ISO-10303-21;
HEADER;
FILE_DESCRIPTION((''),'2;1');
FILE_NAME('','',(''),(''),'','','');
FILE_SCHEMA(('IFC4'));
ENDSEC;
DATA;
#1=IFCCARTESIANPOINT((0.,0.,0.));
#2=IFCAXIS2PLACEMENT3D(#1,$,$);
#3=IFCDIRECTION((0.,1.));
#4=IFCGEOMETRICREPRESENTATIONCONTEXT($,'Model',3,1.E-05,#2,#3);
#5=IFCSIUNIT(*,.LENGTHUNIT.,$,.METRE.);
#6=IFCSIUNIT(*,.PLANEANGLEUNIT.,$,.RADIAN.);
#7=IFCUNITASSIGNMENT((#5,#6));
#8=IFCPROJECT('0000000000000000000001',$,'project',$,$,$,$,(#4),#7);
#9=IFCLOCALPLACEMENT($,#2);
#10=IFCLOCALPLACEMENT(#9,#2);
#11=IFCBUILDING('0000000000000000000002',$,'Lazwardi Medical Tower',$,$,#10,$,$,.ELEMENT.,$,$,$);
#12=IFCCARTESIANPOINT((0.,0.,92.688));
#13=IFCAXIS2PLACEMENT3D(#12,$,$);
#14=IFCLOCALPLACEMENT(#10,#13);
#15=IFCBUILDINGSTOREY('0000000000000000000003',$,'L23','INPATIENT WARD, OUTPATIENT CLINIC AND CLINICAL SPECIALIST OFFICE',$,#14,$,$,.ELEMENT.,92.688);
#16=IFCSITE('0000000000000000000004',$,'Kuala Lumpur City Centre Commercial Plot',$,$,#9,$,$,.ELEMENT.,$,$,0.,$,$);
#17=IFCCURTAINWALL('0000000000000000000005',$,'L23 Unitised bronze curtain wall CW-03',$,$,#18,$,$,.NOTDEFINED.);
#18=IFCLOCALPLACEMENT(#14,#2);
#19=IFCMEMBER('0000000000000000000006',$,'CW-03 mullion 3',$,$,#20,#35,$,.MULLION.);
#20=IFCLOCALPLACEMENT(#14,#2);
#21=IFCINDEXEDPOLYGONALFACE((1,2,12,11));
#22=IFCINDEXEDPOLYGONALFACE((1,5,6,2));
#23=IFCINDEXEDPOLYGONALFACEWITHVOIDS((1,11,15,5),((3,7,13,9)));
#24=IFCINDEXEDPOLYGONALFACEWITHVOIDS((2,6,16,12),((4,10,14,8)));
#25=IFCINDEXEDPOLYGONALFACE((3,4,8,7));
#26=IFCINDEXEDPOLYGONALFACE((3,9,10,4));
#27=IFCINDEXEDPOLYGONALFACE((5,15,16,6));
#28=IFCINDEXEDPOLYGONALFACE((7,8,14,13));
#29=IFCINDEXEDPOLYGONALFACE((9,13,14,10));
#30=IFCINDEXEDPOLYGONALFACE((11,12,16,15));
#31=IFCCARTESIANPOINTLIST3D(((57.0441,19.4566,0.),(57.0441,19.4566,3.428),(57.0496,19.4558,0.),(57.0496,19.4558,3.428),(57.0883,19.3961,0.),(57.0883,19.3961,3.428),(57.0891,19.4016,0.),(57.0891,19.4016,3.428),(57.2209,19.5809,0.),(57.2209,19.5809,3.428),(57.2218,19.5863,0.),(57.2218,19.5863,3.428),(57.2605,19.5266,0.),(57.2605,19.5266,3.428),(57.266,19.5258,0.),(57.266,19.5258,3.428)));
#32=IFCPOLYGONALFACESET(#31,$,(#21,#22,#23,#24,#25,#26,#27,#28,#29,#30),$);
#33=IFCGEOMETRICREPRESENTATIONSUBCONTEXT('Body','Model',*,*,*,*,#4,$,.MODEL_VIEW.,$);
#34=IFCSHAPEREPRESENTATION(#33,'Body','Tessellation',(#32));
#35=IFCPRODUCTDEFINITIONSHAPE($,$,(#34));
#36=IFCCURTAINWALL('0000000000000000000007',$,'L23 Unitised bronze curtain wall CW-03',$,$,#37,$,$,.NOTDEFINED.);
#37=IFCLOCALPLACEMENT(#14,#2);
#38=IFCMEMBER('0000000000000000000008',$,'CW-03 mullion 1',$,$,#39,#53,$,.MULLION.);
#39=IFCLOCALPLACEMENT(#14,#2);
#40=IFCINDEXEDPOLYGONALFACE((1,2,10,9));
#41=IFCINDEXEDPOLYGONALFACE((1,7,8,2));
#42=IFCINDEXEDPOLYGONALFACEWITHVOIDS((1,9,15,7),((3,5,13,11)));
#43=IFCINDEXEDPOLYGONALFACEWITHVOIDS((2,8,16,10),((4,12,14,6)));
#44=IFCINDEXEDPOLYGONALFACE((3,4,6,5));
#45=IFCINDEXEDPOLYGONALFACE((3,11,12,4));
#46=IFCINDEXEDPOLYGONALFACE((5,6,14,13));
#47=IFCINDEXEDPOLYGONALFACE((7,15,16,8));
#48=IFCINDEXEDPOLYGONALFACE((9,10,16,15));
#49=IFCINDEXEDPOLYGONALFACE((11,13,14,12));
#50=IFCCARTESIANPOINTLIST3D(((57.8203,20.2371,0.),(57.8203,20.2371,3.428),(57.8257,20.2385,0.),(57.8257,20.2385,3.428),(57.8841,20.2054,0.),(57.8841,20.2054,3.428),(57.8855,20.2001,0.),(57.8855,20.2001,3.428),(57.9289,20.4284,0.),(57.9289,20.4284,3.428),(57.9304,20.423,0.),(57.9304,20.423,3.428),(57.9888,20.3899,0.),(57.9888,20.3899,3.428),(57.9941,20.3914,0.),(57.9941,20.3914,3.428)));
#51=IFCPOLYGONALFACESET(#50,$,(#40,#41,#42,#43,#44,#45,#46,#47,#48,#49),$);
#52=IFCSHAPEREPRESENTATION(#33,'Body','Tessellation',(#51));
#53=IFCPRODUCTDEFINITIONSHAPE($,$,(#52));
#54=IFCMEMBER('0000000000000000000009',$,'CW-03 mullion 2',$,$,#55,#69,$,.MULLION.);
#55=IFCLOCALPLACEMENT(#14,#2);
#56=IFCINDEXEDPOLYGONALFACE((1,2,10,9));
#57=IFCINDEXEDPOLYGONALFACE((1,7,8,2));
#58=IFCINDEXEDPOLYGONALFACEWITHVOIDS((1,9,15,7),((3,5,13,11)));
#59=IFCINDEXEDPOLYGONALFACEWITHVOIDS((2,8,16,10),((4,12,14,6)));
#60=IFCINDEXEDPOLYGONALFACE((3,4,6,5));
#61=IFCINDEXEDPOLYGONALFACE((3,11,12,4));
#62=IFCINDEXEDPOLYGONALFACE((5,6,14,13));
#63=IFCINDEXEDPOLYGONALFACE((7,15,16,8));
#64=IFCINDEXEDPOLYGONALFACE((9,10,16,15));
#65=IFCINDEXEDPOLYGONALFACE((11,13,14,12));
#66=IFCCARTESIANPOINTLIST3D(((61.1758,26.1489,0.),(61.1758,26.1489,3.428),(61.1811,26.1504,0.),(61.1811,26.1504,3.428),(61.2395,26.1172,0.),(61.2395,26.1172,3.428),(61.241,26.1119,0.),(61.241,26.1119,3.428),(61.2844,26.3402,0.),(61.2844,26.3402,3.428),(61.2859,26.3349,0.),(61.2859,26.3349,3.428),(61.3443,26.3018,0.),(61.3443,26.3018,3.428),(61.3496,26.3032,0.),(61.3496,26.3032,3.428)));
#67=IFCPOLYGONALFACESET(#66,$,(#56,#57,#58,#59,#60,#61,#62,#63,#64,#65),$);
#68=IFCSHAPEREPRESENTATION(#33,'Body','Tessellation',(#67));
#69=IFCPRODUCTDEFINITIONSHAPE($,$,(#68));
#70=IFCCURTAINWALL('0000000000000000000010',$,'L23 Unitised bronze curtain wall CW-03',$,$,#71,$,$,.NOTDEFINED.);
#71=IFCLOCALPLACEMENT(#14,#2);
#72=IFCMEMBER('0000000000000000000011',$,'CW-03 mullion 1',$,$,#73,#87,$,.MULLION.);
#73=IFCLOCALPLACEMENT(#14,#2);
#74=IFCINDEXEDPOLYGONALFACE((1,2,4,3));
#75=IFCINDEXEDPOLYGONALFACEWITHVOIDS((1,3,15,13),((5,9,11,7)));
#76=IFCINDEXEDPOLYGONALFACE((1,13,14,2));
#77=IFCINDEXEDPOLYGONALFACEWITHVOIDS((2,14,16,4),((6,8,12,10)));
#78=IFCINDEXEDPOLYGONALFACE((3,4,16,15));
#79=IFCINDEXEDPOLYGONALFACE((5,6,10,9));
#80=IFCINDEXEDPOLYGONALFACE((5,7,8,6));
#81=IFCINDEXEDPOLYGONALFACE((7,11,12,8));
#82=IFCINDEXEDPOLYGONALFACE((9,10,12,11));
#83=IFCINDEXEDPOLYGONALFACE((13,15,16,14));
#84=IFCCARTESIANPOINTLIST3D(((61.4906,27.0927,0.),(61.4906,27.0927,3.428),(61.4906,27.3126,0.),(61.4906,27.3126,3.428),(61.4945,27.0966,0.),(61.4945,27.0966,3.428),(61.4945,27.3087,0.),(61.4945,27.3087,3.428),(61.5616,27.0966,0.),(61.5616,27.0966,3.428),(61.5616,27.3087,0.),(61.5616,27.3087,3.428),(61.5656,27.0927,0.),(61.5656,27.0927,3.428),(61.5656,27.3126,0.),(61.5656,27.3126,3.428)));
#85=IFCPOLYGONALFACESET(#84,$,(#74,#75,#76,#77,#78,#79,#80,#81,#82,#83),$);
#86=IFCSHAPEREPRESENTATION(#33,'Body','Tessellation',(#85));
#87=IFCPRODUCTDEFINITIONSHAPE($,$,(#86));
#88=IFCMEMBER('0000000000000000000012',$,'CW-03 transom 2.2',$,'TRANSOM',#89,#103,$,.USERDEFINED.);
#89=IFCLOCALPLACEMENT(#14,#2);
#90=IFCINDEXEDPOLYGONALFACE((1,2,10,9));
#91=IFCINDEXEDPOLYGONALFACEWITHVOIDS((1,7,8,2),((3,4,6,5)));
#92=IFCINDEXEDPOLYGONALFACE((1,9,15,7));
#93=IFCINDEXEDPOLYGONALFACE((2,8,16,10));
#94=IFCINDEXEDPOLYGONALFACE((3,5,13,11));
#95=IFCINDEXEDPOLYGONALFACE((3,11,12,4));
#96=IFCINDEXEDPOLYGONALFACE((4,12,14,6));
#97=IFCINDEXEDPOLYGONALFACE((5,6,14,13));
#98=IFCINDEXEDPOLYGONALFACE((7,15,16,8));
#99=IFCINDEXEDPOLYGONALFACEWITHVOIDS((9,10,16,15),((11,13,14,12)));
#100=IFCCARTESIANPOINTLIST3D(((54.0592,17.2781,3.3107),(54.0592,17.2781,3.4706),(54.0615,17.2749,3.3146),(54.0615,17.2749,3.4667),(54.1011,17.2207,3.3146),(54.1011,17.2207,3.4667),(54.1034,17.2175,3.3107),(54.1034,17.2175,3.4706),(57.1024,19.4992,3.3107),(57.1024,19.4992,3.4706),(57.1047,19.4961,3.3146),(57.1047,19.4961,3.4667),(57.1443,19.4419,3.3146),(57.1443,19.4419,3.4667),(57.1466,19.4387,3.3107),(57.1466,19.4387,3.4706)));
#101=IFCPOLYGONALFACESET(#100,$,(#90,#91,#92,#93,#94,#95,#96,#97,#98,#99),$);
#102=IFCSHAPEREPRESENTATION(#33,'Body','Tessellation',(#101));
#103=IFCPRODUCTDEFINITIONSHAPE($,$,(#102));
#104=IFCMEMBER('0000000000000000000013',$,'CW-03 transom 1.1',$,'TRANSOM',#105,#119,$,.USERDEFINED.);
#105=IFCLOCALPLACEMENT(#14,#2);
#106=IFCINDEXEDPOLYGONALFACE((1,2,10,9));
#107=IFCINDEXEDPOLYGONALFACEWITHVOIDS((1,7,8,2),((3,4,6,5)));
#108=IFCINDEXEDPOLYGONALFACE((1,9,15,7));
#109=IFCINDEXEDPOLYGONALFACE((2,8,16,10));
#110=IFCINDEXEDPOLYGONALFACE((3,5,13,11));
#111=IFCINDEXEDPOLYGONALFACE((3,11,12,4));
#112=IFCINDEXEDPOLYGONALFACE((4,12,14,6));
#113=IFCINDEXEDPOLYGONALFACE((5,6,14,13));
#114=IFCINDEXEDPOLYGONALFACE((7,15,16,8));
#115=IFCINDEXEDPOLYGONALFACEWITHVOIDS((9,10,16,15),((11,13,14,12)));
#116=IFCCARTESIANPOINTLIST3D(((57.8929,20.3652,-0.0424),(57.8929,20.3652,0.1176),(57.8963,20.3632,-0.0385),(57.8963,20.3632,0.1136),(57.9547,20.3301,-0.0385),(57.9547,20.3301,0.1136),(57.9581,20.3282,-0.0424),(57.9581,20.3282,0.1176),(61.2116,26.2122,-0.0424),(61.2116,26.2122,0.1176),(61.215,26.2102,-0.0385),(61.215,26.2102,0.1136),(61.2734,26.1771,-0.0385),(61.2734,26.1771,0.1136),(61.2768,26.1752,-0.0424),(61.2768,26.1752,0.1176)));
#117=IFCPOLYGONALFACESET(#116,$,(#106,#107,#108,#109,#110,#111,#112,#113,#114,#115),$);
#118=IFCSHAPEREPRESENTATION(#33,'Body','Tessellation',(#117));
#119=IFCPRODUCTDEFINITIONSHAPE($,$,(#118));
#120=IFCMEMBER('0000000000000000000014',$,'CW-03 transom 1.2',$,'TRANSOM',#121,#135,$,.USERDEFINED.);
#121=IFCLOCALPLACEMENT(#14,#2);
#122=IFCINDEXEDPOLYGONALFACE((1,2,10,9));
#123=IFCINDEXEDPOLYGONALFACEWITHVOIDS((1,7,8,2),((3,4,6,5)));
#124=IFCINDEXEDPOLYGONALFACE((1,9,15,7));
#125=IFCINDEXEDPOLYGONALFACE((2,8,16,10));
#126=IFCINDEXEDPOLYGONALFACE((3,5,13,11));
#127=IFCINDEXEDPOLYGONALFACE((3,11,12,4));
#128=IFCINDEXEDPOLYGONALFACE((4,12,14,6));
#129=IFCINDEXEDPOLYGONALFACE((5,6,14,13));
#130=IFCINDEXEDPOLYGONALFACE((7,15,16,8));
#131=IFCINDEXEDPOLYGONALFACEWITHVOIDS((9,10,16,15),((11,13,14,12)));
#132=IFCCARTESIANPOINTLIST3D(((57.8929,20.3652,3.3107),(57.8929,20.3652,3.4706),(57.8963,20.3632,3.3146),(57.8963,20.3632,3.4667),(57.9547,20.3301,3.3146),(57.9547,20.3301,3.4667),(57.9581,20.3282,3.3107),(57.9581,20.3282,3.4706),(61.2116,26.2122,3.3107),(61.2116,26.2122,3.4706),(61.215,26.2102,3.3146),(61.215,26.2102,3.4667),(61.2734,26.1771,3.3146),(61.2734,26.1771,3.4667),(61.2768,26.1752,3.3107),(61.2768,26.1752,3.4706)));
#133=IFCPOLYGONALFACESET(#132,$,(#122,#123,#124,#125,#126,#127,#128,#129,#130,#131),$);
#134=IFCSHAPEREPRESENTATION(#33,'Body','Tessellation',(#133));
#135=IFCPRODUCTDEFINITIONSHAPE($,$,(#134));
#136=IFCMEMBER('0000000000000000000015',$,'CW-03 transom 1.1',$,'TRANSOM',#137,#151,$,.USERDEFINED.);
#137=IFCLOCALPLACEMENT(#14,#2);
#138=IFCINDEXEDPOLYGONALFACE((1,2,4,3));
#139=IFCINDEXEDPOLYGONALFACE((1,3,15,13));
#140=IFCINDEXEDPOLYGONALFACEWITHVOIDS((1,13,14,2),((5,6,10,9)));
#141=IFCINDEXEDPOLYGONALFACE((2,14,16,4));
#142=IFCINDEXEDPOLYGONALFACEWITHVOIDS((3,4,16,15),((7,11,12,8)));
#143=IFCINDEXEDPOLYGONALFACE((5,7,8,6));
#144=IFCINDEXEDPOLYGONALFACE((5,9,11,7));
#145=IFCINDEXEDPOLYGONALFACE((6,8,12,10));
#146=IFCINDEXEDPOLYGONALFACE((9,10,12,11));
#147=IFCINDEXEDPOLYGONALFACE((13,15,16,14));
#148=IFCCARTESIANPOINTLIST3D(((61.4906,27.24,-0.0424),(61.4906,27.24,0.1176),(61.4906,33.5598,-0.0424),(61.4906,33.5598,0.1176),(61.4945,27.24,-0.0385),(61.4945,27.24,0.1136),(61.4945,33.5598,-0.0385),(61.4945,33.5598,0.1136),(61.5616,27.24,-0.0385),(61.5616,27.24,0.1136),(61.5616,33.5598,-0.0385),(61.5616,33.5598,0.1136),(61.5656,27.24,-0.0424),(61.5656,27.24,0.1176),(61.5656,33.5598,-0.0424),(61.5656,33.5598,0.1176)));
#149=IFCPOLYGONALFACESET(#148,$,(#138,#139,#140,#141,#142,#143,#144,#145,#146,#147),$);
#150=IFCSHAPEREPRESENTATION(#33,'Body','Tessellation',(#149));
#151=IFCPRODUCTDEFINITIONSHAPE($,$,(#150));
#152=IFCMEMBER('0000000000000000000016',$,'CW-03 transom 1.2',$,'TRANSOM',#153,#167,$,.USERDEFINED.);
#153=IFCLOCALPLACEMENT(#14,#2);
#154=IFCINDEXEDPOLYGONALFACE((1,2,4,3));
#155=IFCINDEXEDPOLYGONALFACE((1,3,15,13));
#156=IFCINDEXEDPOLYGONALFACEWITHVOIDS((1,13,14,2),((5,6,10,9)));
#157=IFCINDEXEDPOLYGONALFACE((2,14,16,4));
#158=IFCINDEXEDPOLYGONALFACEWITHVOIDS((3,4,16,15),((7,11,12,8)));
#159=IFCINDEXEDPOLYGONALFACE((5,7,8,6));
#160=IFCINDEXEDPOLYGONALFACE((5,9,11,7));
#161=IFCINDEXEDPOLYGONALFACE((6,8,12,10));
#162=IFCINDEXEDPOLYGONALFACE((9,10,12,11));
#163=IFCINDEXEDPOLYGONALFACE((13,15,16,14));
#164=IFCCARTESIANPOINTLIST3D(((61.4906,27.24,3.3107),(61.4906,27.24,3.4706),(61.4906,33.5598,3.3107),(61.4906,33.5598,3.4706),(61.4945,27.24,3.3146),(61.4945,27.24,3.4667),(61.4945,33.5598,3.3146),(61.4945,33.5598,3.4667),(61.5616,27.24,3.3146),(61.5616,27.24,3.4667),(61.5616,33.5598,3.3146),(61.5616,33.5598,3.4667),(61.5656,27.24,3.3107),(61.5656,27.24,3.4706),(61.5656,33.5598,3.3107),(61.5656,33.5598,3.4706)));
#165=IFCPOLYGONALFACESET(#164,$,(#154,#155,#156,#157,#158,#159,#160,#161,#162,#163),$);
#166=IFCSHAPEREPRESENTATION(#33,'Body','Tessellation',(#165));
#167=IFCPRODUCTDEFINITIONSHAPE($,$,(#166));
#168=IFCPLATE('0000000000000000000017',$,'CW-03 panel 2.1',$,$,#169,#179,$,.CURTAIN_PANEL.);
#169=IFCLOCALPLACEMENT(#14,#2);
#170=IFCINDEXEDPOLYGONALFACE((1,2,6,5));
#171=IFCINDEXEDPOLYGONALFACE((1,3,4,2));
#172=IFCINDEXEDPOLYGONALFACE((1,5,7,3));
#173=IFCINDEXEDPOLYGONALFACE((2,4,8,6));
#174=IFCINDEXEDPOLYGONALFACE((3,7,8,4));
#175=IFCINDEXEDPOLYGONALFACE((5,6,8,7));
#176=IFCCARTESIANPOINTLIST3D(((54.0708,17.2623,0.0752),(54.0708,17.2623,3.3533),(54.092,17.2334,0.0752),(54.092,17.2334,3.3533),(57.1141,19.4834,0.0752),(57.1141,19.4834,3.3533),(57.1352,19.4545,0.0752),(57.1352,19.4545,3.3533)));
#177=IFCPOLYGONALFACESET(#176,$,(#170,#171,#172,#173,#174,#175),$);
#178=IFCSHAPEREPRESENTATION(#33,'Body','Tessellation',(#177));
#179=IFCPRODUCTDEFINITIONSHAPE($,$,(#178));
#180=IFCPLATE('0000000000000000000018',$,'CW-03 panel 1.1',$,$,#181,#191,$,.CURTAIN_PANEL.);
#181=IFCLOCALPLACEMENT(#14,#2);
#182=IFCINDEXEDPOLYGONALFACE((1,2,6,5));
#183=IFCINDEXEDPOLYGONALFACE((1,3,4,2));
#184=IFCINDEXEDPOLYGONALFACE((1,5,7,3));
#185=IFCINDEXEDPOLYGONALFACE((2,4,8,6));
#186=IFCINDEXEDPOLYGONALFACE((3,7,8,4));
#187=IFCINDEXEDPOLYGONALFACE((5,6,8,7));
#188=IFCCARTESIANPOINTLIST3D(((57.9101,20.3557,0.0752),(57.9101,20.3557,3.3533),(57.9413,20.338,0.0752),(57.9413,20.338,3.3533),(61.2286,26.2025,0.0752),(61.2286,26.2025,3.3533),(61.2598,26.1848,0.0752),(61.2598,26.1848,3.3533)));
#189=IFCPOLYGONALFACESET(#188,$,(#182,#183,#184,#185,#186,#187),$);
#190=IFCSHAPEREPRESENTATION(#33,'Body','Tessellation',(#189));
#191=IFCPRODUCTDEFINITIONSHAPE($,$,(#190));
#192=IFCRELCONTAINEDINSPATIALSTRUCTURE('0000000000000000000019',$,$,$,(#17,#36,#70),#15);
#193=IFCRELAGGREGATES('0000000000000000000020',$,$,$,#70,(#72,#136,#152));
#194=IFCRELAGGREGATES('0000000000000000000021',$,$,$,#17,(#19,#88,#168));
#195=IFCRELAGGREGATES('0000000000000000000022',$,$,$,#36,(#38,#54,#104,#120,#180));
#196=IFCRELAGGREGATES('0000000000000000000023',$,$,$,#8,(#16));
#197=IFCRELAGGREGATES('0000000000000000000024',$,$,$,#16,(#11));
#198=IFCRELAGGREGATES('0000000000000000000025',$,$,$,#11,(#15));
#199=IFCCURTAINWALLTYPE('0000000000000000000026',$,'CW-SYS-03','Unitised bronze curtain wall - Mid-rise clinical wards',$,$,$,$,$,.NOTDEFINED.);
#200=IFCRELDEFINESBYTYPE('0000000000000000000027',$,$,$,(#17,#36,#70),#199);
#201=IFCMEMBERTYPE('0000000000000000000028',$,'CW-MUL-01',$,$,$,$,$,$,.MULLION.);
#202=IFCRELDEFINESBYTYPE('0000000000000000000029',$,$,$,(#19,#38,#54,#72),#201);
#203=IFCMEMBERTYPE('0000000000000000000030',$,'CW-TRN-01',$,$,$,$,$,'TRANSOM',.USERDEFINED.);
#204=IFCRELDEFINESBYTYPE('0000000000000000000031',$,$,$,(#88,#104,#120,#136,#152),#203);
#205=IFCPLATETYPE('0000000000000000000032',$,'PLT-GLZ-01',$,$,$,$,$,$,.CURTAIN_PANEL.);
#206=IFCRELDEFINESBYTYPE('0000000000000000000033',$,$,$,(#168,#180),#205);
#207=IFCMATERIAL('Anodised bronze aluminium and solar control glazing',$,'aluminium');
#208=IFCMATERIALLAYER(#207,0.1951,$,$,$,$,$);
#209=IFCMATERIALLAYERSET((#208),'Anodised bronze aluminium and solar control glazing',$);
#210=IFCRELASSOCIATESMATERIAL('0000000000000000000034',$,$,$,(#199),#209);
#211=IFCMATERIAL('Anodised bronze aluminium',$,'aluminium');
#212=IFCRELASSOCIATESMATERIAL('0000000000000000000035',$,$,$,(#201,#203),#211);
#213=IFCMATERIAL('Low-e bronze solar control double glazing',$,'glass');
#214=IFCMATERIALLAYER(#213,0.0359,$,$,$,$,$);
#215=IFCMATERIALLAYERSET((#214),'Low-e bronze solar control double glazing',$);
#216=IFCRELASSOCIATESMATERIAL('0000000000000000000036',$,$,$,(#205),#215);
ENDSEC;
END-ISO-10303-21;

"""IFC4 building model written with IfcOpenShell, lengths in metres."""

from ifc_helpers import new_model, si_unit, direction, frame, origin, origin_2d, place, context, subcontext, project, spatial, rectangle, hollow_rectangle, extrude, material, layer, layer_set, material_profile, profile_set, type_object, element, aggregate, save


model = new_model("IFC4")

# Units and contexts
model_context = context("Model", 3, precision=1e-05, world=origin(), true_north=direction((0.0, 1.0)))
body_context = subcontext(model_context, "Body", "Model", "MODEL_VIEW")
ifc_project = project(units=[si_unit("LENGTHUNIT", "METRE"), si_unit("PLANEANGLEUNIT", "RADIAN")], contexts=[model_context])

# Site, building, storey
site_placement = place(None, origin())
site = spatial("IfcSite", under=ifc_project, at=site_placement, Name="Kuala Lumpur City Centre Commercial Plot", CompositionType="ELEMENT", RefElevation=0.0)
building_placement = place(site_placement, origin())
building = spatial("IfcBuilding", under=site, at=building_placement, Name="Lazwardi Medical Tower", CompositionType="ELEMENT")
storey_placement = place(building_placement, frame((0.0, 0.0, 92.688)))
storey = spatial("IfcBuildingStorey", under=building, at=storey_placement, Name="L23", Description="INPATIENT WARD, OUTPATIENT CLINIC AND CLINICAL SPECIALIST OFFICE", CompositionType="ELEMENT", Elevation=92.688)

# Curtain wall, member
ifc_material_1 = material(Name="Anodised bronze aluminium and solar control glazing", Category="aluminium")
ifc_layer_1 = layer(ifc_material_1, 0.1951)
ifc_layer_set_1 = layer_set([ifc_layer_1], Name="Anodised bronze aluminium and solar control glazing")
curtain_wall_type = type_object("IfcCurtainWallType", Name="CW-SYS-03", Description="Unitised bronze curtain wall - Mid-rise clinical wards", PredefinedType="NOTDEFINED", material=ifc_layer_set_1)
curtain_wall_1_placement = place(storey_placement, origin())
curtain_wall_1 = element("IfcCurtainWall", 1, at=curtain_wall_1_placement, inside=storey, type_object=curtain_wall_type, Name="L23 Unitised bronze curtain wall CW-03", PredefinedType="NOTDEFINED")
ifc_material_2 = material(Name="Anodised bronze aluminium", Category="aluminium")
ifc_material_profile_1 = material_profile(ifc_material_2, hollow_rectangle(XDim=0.075, YDim=0.22, WallThickness=0.0039, at=origin_2d()), Name="ALU-MULLION 220x75x4")
ifc_profile_set_1 = profile_set([ifc_material_profile_1], Name="Anodised bronze aluminium")
member_type_1 = type_object("IfcMemberType", Name="CW-MUL-01", PredefinedType="MULLION", material=ifc_profile_set_1)
member_1_placement = place(storey_placement, frame((57.155, 19.4912, 0.0), z_axis=(0.0, 0.0, 1.0), x_axis=(-0.589531, 0.807746, 0.0)))
member_1 = element("IfcMember", 2, at=member_1_placement, type_object=member_type_1, Name="CW-03 mullion 3", PredefinedType="MULLION", context=body_context, shape_type="SweptSolid", body=[
    extrude(hollow_rectangle(XDim=0.075, YDim=0.22, WallThickness=0.0039, at=origin_2d()), origin(), (0.0, 0.0, 1.0), 3.428),
])

# Curtain wall, members
curtain_wall_2_placement = place(storey_placement, origin())
curtain_wall_2 = element("IfcCurtainWall", 3, at=curtain_wall_2_placement, inside=storey, type_object=curtain_wall_type, Name="L23 Unitised bronze curtain wall CW-03", PredefinedType="NOTDEFINED")
member_2_placement = place(storey_placement, frame((57.9072, 20.3142, 0.0), z_axis=(0.0, 0.0, 1.0), x_axis=(-0.869687, 0.493603, 0.0)))
member_2 = element("IfcMember", 4, at=member_2_placement, type_object=member_type_1, Name="CW-03 mullion 1", PredefinedType="MULLION", context=body_context, shape_type="SweptSolid", body=[
    extrude(hollow_rectangle(XDim=0.075, YDim=0.22, WallThickness=0.0039, at=origin_2d()), origin(), (0.0, 0.0, 1.0), 3.428),
])
member_3_placement = place(storey_placement, frame((61.2627, 26.2261, 0.0), z_axis=(0.0, 0.0, 1.0), x_axis=(-0.869687, 0.493603, 0.0)))
member_3 = element("IfcMember", 5, at=member_3_placement, type_object=member_type_1, Name="CW-03 mullion 2", PredefinedType="MULLION", context=body_context, shape_type="SweptSolid", body=[
    extrude(hollow_rectangle(XDim=0.075, YDim=0.22, WallThickness=0.0039, at=origin_2d()), origin(), (0.0, 0.0, 1.0), 3.428),
])

# Curtain wall, member
curtain_wall_3_placement = place(storey_placement, origin())
curtain_wall_3 = element("IfcCurtainWall", 6, at=curtain_wall_3_placement, inside=storey, type_object=curtain_wall_type, Name="L23 Unitised bronze curtain wall CW-03", PredefinedType="NOTDEFINED")
member_4_placement = place(storey_placement, frame((61.5281, 27.2026, 0.0), z_axis=(0.0, 0.0, 1.0), x_axis=(-1.0, 0.0, 0.0)))
member_4 = element("IfcMember", 7, at=member_4_placement, type_object=member_type_1, Name="CW-03 mullion 1", PredefinedType="MULLION", context=body_context, shape_type="SweptSolid", body=[
    extrude(hollow_rectangle(XDim=0.075, YDim=0.22, WallThickness=0.0039, at=origin_2d()), origin(), (0.0, 0.0, 1.0), 3.428),
])

# Members
ifc_material_profile_2 = material_profile(ifc_material_2, hollow_rectangle(XDim=0.075, YDim=0.1599, WallThickness=0.0039, at=origin_2d()), Name="ALU-TRANSOM 160x75x4")
ifc_profile_set_2 = profile_set([ifc_material_profile_2], Name="Anodised bronze aluminium")
member_type_2 = type_object("IfcMemberType", Name="CW-TRN-01", ElementType="TRANSOM", PredefinedType="USERDEFINED", material=ifc_profile_set_2)
member_5_placement = place(storey_placement, frame((54.0813, 17.2478, 3.3906), z_axis=(0.807732, 0.58955, 0.0), x_axis=(-0.58955, 0.807732, 0.0)))
member_5 = element("IfcMember", 8, at=member_5_placement, type_object=member_type_2, Name="CW-03 transom 2.2", ObjectType="TRANSOM", PredefinedType="USERDEFINED", context=body_context, shape_type="SweptSolid", body=[
    extrude(hollow_rectangle(XDim=0.075, YDim=0.1599, WallThickness=0.0039, at=origin_2d()), origin(), (0.0, 0.0, 1.0), 3.7676),
])
member_6_placement = place(storey_placement, frame((57.9255, 20.3467, 0.0376), z_axis=(0.493614, 0.869681, 0.0), x_axis=(-0.869681, 0.493614, 0.0)))
member_6 = element("IfcMember", 9, at=member_6_placement, type_object=member_type_2, Name="CW-03 transom 1.1", ObjectType="TRANSOM", PredefinedType="USERDEFINED", context=body_context, shape_type="SweptSolid", body=[
    extrude(hollow_rectangle(XDim=0.075, YDim=0.1599, WallThickness=0.0039, at=origin_2d()), origin(), (0.0, 0.0, 1.0), 6.7231),
])
member_7_placement = place(storey_placement, frame((57.9255, 20.3467, 3.3906), z_axis=(0.493614, 0.869681, 0.0), x_axis=(-0.869681, 0.493614, 0.0)))
member_7 = element("IfcMember", 10, at=member_7_placement, type_object=member_type_2, Name="CW-03 transom 1.2", ObjectType="TRANSOM", PredefinedType="USERDEFINED", context=body_context, shape_type="SweptSolid", body=[
    extrude(hollow_rectangle(XDim=0.075, YDim=0.1599, WallThickness=0.0039, at=origin_2d()), origin(), (0.0, 0.0, 1.0), 6.7231),
])
member_8_placement = place(storey_placement, frame((61.5281, 27.24, 0.0376), z_axis=(0.0, 1.0, 0.0), x_axis=(-1.0, 0.0, 0.0)))
member_8 = element("IfcMember", 11, at=member_8_placement, type_object=member_type_2, Name="CW-03 transom 1.1", ObjectType="TRANSOM", PredefinedType="USERDEFINED", context=body_context, shape_type="SweptSolid", body=[
    extrude(hollow_rectangle(XDim=0.075, YDim=0.1599, WallThickness=0.0039, at=origin_2d()), origin(), (0.0, 0.0, 1.0), 6.3198),
])
member_9_placement = place(storey_placement, frame((61.5281, 27.24, 3.3906), z_axis=(0.0, 1.0, 0.0), x_axis=(-1.0, 0.0, 0.0)))
member_9 = element("IfcMember", 12, at=member_9_placement, type_object=member_type_2, Name="CW-03 transom 1.2", ObjectType="TRANSOM", PredefinedType="USERDEFINED", context=body_context, shape_type="SweptSolid", body=[
    extrude(hollow_rectangle(XDim=0.075, YDim=0.1599, WallThickness=0.0039, at=origin_2d()), origin(), (0.0, 0.0, 1.0), 6.3198),
])
aggregate(curtain_wall_3, [member_4, member_8, member_9])

# Plates
ifc_material_3 = material(Name="Low-e bronze solar control double glazing", Category="glass")
ifc_layer_2 = layer(ifc_material_3, 0.0359)
ifc_layer_set_2 = layer_set([ifc_layer_2], Name="Low-e bronze solar control double glazing")
plate_type = type_object("IfcPlateType", Name="PLT-GLZ-01", PredefinedType="CURTAIN_PANEL", material=ifc_layer_set_2)
plate_1_placement = place(storey_placement, frame((55.603, 18.3584, 0.0752), z_axis=(0.0, 0.0, 1.0), x_axis=(0.807746, 0.589531, 0.0)))
plate_1 = element("IfcPlate", 13, at=plate_1_placement, type_object=plate_type, Name="CW-03 panel 2.1", PredefinedType="CURTAIN_PANEL", context=body_context, shape_type="SweptSolid", body=[
    extrude(rectangle(XDim=3.7676, YDim=0.0359, at=origin_2d()), origin(), (0.0, 0.0, 1.0), 3.2781),
])
aggregate(curtain_wall_1, [member_1, member_5, plate_1])
plate_2_placement = place(storey_placement, frame((59.585, 23.2703, 0.0752), z_axis=(0.0, 0.0, 1.0), x_axis=(0.493603, 0.869687, 0.0)))
plate_2 = element("IfcPlate", 14, at=plate_2_placement, type_object=plate_type, Name="CW-03 panel 1.1", PredefinedType="CURTAIN_PANEL", context=body_context, shape_type="SweptSolid", body=[
    extrude(rectangle(XDim=6.7229, YDim=0.0359, at=origin_2d()), origin(), (0.0, 0.0, 1.0), 3.2781),
])
aggregate(curtain_wall_2, [member_2, member_3, member_6, member_7, plate_2])

save(model, "model.ifc")
